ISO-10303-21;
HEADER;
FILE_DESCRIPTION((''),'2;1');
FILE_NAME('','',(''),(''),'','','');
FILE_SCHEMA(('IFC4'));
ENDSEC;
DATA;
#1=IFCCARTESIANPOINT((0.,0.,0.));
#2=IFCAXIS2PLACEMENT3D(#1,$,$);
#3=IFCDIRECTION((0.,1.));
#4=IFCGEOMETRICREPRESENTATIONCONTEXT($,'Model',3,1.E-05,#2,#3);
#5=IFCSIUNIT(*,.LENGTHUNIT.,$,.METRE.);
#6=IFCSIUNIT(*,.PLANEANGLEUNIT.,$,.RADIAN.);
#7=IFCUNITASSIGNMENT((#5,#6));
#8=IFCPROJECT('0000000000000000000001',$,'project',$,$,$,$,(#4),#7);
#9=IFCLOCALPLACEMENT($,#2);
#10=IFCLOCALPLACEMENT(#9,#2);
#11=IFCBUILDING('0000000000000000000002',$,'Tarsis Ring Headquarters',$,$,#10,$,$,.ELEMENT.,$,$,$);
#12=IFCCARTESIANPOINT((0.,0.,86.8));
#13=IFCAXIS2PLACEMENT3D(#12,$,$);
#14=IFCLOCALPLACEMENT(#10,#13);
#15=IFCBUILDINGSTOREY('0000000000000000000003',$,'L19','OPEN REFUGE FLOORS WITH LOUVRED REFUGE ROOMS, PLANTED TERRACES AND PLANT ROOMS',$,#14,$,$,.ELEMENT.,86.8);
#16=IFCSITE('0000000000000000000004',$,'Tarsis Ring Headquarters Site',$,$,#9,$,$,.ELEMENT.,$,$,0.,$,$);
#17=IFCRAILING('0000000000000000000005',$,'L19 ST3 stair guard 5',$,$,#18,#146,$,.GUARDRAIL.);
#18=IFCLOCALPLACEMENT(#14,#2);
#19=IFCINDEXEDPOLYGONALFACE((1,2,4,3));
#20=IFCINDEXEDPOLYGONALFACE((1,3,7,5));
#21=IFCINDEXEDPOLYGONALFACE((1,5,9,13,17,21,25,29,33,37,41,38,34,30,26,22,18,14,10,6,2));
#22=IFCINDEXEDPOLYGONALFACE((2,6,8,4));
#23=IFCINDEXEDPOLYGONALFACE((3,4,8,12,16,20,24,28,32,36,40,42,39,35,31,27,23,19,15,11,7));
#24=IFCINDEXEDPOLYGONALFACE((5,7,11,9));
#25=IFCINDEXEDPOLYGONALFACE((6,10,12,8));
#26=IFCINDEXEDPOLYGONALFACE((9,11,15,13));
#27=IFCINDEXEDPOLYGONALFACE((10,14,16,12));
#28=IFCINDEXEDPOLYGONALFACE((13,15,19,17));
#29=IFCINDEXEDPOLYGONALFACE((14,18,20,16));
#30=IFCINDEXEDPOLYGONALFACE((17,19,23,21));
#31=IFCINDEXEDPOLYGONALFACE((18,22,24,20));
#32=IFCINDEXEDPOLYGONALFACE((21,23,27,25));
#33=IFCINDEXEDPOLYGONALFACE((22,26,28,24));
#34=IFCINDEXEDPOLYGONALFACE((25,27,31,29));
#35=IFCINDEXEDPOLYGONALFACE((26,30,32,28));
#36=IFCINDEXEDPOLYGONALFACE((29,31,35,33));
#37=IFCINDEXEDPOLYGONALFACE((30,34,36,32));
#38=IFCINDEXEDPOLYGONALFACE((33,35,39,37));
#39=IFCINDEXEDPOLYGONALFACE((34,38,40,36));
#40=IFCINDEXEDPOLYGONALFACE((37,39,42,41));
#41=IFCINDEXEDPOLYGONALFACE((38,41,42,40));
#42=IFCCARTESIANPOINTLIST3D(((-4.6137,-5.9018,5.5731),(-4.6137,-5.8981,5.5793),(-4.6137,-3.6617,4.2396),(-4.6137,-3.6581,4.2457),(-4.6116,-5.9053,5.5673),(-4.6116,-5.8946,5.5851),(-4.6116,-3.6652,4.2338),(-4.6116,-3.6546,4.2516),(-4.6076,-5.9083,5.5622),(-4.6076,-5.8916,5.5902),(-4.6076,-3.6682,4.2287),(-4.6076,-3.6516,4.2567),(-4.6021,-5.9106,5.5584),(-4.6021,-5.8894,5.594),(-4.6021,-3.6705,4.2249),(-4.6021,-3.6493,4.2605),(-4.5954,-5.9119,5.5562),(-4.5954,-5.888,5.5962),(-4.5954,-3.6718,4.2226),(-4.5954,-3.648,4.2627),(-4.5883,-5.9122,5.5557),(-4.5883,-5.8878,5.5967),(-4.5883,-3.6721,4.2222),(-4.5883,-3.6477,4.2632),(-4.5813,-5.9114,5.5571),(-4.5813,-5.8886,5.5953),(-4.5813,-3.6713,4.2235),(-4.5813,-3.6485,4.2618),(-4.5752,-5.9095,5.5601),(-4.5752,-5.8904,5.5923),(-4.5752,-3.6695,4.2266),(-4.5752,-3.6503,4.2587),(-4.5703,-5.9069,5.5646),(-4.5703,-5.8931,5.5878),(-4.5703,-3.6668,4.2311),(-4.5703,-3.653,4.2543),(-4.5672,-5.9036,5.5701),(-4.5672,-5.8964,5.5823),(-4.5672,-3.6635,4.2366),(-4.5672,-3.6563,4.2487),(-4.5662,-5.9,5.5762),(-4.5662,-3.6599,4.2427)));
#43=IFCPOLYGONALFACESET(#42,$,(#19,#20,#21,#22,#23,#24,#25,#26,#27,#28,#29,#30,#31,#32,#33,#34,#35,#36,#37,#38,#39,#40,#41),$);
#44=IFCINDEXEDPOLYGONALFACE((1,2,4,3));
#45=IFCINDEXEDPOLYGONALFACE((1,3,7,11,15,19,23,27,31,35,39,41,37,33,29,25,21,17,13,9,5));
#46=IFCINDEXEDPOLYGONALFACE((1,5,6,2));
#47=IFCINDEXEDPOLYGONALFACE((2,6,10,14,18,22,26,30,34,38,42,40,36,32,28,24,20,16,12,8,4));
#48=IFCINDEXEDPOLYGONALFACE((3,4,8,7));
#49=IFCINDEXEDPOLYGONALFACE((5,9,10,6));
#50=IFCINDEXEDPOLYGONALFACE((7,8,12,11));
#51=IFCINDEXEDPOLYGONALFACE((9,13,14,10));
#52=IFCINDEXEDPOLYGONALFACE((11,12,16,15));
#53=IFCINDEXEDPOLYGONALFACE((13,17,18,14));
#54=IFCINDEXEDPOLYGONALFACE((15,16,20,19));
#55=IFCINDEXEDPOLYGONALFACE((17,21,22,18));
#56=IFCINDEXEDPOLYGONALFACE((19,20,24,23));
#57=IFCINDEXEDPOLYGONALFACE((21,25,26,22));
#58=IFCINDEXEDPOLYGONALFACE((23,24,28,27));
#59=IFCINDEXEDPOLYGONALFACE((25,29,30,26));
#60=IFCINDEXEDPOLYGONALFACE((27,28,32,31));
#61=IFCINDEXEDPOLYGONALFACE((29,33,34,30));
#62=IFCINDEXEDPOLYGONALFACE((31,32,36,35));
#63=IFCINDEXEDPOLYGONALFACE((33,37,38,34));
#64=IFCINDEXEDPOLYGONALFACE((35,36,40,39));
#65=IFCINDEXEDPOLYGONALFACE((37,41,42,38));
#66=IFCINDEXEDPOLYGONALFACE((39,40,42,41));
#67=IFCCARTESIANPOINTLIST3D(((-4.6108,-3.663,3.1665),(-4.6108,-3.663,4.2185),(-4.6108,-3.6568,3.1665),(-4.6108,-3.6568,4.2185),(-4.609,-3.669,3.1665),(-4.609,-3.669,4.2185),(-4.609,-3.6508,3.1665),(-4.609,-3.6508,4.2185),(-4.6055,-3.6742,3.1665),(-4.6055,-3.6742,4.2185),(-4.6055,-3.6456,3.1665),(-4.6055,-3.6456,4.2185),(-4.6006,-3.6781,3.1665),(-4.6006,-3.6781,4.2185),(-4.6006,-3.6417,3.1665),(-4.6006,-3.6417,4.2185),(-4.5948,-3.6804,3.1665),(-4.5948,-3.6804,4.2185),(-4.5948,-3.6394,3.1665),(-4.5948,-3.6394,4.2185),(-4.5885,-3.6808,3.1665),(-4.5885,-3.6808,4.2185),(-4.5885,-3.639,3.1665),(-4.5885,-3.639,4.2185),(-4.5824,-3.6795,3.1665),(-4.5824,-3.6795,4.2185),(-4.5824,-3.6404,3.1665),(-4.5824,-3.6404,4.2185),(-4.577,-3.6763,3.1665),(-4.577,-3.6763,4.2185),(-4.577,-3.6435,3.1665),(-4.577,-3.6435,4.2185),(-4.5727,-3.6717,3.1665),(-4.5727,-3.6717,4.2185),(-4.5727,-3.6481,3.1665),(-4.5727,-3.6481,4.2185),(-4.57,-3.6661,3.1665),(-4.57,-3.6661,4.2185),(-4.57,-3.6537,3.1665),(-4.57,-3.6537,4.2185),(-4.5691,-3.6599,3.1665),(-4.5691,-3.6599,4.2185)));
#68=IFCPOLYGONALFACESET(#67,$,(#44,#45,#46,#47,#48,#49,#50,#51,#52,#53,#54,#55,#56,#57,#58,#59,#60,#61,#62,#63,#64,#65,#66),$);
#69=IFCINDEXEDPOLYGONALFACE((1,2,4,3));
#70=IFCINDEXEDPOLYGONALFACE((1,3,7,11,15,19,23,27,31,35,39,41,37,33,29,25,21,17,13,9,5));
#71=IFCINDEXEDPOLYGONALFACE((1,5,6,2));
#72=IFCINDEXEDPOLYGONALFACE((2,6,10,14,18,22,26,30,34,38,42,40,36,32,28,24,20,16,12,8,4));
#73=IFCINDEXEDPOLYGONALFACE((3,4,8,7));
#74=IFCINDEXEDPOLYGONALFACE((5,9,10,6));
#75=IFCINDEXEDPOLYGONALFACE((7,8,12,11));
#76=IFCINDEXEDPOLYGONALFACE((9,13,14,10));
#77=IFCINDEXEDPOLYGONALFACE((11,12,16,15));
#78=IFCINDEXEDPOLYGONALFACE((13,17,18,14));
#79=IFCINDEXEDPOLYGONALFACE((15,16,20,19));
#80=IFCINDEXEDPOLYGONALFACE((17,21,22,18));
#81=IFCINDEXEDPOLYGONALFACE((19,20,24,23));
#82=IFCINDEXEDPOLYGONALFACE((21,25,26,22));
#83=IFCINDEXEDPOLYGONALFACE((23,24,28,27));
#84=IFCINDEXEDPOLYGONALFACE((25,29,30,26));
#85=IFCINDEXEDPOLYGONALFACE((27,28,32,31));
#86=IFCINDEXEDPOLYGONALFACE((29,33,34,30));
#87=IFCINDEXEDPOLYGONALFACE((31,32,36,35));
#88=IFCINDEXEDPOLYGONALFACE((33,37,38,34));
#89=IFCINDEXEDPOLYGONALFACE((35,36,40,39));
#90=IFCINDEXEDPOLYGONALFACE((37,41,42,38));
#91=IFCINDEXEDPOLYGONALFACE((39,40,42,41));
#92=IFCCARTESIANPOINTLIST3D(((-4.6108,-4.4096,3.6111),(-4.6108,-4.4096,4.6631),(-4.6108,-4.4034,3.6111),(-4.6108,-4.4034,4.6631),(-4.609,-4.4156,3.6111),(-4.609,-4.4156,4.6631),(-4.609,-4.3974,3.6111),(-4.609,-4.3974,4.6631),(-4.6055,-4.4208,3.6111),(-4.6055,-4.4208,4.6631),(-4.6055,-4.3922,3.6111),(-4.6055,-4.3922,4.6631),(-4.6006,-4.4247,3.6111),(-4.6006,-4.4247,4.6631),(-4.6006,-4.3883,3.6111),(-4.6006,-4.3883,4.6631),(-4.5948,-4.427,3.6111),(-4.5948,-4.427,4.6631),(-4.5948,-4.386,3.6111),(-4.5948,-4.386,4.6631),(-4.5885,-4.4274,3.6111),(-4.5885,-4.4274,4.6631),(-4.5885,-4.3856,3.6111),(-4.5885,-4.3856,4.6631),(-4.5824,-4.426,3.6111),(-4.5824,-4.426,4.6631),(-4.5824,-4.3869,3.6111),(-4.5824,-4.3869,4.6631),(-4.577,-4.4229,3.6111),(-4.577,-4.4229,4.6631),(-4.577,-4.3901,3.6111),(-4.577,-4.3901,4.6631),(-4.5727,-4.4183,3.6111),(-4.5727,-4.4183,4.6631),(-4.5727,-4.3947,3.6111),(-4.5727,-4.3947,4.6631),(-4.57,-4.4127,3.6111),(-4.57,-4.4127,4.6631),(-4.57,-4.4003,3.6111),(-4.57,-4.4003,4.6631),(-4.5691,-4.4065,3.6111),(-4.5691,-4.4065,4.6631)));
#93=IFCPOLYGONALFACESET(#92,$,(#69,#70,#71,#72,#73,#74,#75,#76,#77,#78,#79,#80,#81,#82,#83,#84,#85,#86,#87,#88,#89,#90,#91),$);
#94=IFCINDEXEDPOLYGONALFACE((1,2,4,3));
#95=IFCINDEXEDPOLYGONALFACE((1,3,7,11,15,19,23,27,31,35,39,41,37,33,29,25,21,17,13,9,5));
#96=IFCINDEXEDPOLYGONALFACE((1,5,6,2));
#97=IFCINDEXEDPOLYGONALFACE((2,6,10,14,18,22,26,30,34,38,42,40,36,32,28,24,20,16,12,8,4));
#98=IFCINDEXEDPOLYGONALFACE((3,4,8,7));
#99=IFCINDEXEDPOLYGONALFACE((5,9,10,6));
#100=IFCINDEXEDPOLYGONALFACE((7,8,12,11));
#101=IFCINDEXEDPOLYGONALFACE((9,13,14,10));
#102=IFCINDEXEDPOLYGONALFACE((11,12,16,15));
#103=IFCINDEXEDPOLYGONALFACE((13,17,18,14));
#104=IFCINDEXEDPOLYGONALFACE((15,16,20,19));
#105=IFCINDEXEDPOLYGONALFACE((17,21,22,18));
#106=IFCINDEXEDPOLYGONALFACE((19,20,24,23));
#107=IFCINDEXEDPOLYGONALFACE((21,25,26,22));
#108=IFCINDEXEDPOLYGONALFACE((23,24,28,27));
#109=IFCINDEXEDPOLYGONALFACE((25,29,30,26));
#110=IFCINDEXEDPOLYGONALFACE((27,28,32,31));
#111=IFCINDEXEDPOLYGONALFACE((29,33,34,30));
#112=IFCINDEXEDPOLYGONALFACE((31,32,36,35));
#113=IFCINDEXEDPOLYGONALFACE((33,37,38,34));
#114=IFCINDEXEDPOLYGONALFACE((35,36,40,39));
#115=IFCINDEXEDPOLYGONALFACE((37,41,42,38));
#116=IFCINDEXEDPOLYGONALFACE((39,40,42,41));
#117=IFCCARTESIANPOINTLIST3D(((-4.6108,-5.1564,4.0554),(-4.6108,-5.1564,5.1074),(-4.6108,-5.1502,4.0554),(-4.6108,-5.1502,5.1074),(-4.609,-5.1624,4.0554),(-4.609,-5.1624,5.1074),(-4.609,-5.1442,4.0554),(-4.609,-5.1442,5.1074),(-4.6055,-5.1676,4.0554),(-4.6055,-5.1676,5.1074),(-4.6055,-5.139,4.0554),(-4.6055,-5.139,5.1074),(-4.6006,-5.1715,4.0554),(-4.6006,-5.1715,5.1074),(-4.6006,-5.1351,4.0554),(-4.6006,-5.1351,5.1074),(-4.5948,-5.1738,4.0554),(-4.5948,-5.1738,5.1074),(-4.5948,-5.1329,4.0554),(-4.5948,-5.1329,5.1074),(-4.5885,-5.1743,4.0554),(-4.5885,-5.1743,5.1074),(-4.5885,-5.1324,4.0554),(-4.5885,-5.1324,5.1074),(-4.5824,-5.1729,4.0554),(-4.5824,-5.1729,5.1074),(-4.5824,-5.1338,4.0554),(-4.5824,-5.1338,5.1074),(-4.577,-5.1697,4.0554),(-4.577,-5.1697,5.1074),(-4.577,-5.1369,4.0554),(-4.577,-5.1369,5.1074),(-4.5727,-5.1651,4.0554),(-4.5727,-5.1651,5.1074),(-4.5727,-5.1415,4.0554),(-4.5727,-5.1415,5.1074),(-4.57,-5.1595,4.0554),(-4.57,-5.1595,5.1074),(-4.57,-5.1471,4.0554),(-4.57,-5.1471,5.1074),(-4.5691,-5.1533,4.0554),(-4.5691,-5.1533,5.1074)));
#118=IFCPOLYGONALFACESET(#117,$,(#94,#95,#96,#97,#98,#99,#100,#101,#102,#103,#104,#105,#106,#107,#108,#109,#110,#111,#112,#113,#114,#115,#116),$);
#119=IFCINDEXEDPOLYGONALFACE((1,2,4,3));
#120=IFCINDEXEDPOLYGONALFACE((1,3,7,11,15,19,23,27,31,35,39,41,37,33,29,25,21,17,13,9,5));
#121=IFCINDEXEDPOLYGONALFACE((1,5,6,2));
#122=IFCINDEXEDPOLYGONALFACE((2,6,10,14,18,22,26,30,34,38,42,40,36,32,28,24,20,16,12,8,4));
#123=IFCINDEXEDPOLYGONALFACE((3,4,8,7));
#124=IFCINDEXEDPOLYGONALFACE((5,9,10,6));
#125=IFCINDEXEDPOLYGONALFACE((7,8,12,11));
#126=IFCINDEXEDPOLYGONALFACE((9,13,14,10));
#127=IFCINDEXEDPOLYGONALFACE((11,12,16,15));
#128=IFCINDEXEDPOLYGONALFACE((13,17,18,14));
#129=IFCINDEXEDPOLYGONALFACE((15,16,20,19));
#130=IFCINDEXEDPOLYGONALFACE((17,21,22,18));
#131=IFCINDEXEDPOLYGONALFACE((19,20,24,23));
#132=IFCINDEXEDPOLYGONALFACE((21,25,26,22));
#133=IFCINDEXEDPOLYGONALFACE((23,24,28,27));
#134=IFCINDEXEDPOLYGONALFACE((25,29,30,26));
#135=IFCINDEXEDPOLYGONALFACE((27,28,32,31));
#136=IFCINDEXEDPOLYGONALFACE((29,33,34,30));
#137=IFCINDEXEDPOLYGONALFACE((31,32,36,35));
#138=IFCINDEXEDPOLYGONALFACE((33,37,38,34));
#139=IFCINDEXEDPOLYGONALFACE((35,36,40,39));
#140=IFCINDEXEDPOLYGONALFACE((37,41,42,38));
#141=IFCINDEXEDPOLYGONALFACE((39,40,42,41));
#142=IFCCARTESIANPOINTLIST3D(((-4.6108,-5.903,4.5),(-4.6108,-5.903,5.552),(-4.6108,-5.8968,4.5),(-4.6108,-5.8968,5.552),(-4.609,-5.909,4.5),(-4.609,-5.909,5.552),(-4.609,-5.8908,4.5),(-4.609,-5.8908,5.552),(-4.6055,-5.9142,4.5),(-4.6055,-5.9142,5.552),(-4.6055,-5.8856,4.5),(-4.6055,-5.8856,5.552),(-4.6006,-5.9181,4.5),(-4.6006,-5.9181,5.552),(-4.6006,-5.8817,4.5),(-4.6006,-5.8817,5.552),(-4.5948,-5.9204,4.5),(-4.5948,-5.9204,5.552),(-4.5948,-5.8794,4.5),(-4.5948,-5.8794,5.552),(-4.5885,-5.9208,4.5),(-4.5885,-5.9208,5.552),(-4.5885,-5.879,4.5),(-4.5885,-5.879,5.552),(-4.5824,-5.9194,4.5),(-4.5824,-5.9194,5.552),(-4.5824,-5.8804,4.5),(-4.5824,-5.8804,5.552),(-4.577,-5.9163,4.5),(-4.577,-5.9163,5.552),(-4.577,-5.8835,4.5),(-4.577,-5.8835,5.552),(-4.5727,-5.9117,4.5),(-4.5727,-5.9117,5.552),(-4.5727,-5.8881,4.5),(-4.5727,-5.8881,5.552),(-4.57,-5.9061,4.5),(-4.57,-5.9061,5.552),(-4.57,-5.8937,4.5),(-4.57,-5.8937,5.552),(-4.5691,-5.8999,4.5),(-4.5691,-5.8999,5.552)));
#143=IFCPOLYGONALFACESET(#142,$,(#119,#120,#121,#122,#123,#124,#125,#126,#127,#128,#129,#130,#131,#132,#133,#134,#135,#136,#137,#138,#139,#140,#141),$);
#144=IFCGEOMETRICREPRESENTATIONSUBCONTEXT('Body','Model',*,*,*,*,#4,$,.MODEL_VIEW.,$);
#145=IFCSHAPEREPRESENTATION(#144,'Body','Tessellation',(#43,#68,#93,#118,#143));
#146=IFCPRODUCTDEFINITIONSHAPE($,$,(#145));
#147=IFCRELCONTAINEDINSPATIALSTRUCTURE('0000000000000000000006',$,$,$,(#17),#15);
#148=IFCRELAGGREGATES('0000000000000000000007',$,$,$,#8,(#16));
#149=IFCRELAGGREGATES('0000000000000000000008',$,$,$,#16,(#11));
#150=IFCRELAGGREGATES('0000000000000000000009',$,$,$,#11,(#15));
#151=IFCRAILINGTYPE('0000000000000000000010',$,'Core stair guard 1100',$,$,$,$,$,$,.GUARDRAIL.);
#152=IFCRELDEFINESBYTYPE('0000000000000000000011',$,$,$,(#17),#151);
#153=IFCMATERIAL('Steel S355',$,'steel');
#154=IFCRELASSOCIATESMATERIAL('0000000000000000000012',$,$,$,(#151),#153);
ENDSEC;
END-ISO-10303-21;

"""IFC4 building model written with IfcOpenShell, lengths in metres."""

from ifc_helpers import new_model, si_unit, direction, frame, origin, origin_2d, place, context, subcontext, project, spatial, circle, extrude, material, type_object, element, save


model = new_model("IFC4")

# Units and contexts
model_context = context("Model", 3, precision=1e-05, world=origin(), true_north=direction((0.0, 1.0)))
body_context = subcontext(model_context, "Body", "Model", "MODEL_VIEW")
ifc_project = project(units=[si_unit("LENGTHUNIT", "METRE"), si_unit("PLANEANGLEUNIT", "RADIAN")], contexts=[model_context])

# Site, building, storey
site_placement = place(None, origin())
site = spatial("IfcSite", under=ifc_project, at=site_placement, Name="Tarsis Ring Headquarters Site", CompositionType="ELEMENT", RefElevation=0.0)
building_placement = place(site_placement, origin())
building = spatial("IfcBuilding", under=site, at=building_placement, Name="Tarsis Ring Headquarters", CompositionType="ELEMENT")
storey_placement = place(building_placement, frame((0.0, 0.0, 86.8)))
storey = spatial("IfcBuildingStorey", under=building, at=storey_placement, Name="L19", Description="OPEN REFUGE FLOORS WITH LOUVRED REFUGE ROOMS, PLANTED TERRACES AND PLANT ROOMS", CompositionType="ELEMENT", Elevation=86.8)

# Railing
ifc_material_1 = material(Name="Steel S355", Category="steel")
railing_type_1 = type_object("IfcRailingType", Name="Core stair guard 1100", PredefinedType="GUARDRAIL", material=ifc_material_1)
railing_1_placement = place(storey_placement, frame((-4.5901, -3.6599, 3.1665)))
element("IfcRailing", 1, at=railing_1_placement, inside=storey, type_object=railing_type_1, Name="L19 ST3 stair guard 5", PredefinedType="GUARDRAIL", context=body_context, shape_type="SweptSolid", body=[
    extrude(circle(Radius=0.0239, at=origin_2d()), frame((0.0, 0.0, 1.0762), z_axis=(0.0, -0.859264, 0.511532), x_axis=(1.0, 0.0, 0.0)), (0.0, 0.0, 1.0), 2.6069),
    extrude(circle(Radius=0.021, at=origin_2d()), origin(), (0.0, 0.0, 1.0), 1.052),
    extrude(circle(Radius=0.021, at=origin_2d()), frame((0.0, -0.7466, 0.4446)), (0.0, 0.0, 1.0), 1.052),
    extrude(circle(Radius=0.021, at=origin_2d()), frame((0.0, -1.4934, 0.8889)), (0.0, 0.0, 1.0), 1.052),
    extrude(circle(Radius=0.021, at=origin_2d()), frame((0.0, -2.24, 1.3335)), (0.0, 0.0, 1.0), 1.052),
])

save(model, "model.ifc")
